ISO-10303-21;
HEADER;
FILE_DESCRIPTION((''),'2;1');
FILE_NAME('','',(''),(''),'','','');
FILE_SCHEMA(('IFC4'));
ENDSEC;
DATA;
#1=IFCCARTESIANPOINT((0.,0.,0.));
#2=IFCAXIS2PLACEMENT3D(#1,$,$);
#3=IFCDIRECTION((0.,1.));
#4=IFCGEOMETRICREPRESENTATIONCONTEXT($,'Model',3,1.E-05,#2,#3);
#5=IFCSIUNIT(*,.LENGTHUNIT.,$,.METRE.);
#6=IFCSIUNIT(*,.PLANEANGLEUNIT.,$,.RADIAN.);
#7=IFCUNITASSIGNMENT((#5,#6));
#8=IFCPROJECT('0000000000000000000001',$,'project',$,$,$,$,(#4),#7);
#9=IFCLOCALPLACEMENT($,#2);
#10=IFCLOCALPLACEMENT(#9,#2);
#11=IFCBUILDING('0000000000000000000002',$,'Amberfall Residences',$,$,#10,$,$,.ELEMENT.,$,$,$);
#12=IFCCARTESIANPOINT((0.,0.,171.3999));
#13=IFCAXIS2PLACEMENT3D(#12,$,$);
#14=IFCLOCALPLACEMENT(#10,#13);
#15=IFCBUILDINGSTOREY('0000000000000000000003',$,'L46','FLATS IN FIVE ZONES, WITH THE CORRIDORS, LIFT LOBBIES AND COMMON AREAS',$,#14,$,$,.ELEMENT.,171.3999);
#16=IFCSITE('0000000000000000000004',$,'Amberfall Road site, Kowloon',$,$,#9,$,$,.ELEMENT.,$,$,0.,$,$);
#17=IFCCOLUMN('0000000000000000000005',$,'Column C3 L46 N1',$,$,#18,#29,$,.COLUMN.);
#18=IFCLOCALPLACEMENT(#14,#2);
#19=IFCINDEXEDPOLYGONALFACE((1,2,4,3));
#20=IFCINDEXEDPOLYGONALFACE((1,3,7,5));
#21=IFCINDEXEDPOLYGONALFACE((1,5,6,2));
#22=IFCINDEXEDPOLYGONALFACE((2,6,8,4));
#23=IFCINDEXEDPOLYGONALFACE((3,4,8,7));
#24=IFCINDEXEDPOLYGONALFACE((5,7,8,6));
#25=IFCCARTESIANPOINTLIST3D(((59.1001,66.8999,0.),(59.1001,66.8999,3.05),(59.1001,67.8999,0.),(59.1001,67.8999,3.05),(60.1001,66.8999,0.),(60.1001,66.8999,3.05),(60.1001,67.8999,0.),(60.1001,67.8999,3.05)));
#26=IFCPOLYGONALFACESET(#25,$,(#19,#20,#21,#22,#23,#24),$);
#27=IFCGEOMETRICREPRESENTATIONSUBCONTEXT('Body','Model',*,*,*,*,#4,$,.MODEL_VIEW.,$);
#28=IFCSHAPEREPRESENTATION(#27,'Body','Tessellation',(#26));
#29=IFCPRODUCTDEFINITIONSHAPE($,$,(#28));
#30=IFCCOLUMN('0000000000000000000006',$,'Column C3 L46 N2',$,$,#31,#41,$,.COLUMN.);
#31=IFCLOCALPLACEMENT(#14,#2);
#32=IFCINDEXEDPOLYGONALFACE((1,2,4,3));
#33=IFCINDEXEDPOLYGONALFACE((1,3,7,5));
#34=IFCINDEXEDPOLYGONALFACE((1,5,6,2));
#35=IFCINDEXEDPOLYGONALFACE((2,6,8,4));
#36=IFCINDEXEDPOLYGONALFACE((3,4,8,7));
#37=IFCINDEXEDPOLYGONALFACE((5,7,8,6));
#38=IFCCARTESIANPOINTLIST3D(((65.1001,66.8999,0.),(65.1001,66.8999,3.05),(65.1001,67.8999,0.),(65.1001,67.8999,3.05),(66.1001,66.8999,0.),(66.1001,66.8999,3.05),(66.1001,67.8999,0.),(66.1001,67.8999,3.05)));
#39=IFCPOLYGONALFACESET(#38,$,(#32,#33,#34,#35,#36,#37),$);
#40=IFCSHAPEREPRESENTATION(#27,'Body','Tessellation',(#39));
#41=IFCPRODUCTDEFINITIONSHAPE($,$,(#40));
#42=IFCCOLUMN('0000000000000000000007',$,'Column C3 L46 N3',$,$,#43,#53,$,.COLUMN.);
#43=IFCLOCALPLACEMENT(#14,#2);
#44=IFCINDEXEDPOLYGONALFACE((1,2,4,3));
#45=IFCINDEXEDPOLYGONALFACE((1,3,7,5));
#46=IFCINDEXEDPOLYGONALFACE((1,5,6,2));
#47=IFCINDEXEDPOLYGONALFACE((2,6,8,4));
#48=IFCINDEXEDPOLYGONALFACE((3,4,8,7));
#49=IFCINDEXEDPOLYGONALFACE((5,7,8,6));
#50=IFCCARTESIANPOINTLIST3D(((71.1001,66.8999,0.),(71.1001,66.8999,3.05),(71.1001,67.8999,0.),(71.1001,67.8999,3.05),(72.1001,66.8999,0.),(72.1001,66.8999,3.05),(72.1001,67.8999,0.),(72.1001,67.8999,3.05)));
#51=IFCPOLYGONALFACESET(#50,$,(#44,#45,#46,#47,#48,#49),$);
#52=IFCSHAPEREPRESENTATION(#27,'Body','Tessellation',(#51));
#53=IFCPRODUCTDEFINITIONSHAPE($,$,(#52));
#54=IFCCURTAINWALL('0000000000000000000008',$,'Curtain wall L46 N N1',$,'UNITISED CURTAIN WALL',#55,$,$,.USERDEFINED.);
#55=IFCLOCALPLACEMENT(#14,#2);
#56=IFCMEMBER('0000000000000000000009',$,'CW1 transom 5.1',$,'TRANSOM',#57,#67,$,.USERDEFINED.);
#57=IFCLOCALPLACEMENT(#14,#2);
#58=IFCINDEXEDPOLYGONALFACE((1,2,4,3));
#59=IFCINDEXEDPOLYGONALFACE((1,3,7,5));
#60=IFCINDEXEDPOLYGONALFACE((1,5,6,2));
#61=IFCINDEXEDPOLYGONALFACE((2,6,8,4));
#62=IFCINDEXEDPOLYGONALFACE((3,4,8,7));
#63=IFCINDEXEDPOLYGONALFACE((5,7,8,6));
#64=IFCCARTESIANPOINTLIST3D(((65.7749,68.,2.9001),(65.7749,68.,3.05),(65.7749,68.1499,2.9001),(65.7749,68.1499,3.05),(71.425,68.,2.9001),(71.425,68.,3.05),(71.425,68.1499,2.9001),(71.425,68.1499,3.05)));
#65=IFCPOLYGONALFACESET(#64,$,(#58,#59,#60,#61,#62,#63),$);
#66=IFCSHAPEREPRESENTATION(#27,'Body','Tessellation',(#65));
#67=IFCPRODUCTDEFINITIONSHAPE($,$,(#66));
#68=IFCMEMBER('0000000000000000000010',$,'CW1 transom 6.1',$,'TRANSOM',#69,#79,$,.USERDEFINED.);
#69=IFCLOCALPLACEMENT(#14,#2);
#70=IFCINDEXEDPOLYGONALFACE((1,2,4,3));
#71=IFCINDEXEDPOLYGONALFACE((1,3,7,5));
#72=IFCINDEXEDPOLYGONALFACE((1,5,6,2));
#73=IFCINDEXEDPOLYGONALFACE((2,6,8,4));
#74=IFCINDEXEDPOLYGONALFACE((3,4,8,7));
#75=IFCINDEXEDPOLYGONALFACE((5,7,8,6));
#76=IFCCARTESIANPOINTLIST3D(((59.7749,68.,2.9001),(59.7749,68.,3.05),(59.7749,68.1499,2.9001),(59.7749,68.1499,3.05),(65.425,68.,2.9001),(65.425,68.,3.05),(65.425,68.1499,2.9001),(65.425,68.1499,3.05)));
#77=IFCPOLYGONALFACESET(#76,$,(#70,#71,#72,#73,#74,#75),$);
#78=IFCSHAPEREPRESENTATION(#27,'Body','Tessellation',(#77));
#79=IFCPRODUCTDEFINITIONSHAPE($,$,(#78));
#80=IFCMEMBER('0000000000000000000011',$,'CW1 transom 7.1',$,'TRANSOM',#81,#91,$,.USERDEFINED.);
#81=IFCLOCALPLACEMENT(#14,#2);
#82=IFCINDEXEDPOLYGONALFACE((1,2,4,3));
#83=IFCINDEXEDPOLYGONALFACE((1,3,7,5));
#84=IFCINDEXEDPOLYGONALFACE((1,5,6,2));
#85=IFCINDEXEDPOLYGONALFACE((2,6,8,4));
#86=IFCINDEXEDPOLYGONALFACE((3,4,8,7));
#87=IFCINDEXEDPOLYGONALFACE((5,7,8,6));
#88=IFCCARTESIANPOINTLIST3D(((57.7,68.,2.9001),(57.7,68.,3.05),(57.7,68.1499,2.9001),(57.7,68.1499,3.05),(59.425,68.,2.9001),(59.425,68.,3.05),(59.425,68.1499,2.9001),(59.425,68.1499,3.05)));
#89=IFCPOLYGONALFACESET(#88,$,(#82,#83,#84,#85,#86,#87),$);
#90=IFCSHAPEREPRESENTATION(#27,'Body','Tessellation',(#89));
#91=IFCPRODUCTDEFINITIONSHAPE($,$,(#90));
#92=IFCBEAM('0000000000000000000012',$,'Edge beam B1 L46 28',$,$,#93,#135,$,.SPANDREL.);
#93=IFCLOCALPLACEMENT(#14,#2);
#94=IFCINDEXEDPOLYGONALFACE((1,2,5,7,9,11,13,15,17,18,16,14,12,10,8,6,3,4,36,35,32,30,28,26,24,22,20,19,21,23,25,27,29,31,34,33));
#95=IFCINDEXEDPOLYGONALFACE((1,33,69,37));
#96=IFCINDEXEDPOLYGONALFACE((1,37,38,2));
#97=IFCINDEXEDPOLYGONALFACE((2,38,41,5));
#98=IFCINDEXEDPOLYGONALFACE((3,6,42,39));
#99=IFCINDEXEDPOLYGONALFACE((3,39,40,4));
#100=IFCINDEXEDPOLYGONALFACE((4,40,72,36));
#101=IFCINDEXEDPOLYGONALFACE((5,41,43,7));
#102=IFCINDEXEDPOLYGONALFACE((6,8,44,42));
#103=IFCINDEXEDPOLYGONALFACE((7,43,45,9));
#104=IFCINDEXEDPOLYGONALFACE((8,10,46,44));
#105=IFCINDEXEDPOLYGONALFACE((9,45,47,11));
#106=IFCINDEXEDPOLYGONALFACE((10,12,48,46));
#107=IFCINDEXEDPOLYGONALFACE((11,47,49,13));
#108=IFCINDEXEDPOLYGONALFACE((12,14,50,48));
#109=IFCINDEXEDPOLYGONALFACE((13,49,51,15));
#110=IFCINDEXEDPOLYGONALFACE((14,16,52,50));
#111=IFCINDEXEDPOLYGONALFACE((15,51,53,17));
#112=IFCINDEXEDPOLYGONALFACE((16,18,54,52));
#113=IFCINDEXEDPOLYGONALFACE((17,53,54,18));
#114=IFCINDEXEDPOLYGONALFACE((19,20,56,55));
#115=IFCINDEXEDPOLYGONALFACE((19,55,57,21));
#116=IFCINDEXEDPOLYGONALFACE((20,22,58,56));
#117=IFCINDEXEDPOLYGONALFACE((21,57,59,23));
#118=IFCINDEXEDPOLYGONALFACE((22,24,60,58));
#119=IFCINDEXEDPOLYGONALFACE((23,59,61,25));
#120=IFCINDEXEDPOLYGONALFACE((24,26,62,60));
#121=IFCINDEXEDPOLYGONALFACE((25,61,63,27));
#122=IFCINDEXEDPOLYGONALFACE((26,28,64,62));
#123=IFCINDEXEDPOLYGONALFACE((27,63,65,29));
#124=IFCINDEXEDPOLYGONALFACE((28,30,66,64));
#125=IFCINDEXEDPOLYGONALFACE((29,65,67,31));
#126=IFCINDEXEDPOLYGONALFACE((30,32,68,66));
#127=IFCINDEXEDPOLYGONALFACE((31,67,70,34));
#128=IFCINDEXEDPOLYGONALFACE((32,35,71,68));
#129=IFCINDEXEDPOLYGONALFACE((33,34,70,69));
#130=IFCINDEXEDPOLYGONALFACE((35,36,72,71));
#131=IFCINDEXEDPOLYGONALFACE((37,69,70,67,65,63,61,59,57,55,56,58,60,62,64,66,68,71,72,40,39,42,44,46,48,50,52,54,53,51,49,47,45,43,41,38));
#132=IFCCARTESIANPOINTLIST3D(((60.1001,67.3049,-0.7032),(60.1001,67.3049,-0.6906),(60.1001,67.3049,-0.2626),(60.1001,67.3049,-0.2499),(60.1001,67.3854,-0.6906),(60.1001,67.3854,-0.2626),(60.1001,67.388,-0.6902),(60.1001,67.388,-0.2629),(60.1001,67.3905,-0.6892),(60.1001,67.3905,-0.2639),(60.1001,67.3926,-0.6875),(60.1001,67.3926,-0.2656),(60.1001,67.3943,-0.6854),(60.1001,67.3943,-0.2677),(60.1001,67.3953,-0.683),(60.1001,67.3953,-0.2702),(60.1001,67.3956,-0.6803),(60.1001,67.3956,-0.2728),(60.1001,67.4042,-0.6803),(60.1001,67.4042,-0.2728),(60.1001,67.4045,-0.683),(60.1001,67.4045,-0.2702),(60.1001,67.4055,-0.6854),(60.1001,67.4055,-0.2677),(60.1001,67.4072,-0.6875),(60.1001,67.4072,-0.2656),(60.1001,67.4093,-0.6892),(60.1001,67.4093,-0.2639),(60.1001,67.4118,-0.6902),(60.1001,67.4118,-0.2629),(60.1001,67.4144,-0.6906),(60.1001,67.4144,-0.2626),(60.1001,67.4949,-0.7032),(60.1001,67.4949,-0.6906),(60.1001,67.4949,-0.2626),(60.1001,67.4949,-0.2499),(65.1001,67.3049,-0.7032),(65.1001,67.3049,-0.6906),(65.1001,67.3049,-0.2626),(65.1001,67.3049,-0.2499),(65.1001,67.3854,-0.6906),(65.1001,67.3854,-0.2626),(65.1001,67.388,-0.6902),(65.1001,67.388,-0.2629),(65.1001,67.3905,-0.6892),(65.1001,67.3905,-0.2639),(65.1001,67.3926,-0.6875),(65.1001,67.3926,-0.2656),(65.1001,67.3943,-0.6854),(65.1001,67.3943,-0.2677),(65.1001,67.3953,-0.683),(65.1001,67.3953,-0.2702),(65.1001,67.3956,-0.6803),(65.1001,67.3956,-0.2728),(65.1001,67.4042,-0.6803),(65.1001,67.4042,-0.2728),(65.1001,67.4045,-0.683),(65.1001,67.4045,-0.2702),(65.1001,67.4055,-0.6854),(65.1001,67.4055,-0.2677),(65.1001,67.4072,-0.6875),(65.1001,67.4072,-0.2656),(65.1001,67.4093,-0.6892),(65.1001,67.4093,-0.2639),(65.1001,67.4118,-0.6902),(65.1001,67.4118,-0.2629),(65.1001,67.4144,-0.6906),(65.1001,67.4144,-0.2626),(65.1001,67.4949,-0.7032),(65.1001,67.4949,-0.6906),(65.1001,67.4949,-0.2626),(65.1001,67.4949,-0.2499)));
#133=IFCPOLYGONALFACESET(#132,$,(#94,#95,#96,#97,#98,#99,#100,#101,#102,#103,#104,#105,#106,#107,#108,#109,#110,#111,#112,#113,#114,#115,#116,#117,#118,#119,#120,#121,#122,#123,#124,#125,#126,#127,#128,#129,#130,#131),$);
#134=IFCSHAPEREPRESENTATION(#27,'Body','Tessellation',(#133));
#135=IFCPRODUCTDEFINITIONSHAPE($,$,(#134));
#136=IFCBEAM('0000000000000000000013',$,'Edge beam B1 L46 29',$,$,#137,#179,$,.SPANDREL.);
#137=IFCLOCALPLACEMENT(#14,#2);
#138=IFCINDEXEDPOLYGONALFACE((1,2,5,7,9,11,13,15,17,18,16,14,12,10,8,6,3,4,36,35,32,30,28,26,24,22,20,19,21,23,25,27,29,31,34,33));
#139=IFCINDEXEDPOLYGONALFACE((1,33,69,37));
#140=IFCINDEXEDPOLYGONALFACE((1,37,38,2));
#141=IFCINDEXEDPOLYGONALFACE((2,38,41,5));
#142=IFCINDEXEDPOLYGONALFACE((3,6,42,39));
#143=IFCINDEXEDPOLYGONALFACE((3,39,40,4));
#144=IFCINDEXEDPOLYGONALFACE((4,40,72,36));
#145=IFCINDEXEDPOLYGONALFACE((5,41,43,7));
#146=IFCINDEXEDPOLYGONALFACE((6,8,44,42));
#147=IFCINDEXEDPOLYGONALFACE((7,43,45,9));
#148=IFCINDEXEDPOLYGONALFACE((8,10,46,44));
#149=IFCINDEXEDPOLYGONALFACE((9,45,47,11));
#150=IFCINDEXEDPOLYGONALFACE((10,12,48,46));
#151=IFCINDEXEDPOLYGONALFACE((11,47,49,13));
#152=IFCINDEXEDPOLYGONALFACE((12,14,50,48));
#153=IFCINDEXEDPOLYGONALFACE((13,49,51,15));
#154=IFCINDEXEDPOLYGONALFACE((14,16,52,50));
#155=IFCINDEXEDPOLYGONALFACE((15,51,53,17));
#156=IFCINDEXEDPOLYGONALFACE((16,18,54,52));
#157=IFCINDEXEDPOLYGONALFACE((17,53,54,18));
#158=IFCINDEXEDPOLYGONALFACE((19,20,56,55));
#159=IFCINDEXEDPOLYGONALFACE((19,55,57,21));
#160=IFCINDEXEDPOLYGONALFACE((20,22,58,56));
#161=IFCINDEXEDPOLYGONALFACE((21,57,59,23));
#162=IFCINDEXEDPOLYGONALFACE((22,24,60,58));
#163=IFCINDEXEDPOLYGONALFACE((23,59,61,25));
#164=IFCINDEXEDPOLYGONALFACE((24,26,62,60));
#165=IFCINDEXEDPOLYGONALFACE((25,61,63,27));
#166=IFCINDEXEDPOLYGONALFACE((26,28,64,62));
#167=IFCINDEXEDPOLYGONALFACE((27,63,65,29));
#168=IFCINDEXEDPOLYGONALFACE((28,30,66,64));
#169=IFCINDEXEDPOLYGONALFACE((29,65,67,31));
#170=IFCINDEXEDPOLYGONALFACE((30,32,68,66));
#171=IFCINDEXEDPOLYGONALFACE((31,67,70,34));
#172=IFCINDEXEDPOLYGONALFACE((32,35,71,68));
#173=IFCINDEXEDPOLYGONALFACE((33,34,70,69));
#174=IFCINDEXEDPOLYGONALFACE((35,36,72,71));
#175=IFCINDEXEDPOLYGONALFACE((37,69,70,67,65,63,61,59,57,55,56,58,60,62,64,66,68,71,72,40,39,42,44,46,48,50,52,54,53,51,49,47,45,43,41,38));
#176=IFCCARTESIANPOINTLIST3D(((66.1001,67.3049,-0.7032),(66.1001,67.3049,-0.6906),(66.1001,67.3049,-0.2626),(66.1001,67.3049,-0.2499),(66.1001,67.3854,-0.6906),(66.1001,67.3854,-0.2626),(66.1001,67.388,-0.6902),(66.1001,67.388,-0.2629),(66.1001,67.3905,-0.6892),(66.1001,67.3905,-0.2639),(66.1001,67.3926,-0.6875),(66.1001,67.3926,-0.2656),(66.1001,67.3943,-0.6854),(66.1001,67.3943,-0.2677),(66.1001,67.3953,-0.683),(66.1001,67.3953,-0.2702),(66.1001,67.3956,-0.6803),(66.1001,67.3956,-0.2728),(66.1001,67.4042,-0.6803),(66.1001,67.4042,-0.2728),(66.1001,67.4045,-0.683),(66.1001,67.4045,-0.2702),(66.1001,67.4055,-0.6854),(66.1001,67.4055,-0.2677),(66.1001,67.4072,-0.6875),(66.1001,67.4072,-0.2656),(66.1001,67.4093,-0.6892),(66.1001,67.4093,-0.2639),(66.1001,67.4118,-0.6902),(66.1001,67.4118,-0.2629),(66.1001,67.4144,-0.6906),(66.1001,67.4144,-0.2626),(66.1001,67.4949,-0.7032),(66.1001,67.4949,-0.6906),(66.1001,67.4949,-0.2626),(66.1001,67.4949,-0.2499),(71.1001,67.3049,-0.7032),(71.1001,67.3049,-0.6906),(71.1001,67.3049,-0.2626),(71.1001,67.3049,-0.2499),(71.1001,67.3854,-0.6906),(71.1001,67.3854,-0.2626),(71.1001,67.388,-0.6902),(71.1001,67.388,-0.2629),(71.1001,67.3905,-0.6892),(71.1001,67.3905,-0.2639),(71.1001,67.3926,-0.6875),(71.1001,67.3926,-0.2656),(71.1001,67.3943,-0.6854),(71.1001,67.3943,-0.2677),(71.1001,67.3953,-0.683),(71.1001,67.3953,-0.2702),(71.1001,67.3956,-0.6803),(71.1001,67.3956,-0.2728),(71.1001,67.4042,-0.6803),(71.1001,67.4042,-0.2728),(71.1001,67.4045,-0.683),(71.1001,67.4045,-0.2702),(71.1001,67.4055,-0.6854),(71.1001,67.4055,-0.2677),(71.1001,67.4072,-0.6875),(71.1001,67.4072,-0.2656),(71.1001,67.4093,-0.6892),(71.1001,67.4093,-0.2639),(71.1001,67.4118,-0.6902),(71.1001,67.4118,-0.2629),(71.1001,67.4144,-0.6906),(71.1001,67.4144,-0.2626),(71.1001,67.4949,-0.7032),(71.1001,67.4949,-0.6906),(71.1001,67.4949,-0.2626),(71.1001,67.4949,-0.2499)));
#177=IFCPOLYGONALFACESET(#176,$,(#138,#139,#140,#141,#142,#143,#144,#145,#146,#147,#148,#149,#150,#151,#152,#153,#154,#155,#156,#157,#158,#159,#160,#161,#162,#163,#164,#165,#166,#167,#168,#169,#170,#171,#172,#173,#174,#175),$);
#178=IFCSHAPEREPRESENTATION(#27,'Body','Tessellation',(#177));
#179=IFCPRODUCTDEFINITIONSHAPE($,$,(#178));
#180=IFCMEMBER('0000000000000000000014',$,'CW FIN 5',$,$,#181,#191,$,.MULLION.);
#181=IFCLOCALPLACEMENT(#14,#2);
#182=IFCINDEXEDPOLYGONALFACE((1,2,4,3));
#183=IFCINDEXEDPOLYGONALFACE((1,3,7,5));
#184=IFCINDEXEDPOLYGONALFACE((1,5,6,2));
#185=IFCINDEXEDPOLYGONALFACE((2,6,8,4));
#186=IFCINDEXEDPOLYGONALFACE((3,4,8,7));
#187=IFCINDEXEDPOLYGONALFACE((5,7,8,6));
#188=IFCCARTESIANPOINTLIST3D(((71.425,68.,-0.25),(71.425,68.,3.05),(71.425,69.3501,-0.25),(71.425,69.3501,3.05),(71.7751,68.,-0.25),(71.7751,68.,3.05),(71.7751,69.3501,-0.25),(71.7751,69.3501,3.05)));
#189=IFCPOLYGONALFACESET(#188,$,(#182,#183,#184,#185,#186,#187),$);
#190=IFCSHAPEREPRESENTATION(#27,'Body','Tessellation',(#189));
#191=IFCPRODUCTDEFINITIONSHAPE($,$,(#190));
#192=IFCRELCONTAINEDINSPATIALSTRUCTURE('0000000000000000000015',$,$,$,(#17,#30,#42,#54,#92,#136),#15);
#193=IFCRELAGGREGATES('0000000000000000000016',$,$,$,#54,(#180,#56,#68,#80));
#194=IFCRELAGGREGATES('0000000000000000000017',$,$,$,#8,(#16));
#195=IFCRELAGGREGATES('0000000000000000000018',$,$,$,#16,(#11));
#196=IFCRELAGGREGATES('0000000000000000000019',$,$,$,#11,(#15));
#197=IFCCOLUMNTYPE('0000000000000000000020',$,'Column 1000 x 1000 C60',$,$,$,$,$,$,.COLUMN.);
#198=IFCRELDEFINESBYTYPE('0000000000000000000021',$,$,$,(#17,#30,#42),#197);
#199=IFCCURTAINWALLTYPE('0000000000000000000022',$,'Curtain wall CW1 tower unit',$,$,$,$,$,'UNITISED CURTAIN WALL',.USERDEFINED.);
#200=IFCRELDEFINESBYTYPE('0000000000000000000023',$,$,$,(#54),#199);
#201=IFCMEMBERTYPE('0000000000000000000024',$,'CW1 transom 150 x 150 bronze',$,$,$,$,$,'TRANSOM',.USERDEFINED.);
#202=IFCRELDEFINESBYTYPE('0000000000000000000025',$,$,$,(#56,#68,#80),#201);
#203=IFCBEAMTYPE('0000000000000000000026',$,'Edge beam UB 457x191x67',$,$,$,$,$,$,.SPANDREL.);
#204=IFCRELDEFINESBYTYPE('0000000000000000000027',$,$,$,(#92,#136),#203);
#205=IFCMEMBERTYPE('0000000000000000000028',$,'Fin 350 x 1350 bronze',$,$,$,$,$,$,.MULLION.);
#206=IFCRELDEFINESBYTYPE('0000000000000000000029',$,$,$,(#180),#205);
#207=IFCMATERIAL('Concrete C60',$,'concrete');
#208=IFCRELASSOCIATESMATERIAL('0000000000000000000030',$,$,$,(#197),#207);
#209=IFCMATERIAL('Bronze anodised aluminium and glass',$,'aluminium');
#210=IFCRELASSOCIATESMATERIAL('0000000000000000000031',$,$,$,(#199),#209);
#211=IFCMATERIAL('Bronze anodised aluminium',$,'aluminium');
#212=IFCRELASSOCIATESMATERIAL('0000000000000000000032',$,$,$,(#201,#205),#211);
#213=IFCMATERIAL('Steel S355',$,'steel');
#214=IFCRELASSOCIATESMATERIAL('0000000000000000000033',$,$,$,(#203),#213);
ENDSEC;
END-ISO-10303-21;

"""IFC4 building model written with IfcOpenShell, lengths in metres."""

from ifc_helpers import new_model, si_unit, direction, frame, origin, origin_2d, place, context, subcontext, project, spatial, rectangle, i_section, extrude, material, material_profile, profile_set, type_object, element, aggregate, save


model = new_model("IFC4")

# Units and contexts
model_context = context("Model", 3, precision=1e-05, world=origin(), true_north=direction((0.0, 1.0)))
body_context = subcontext(model_context, "Body", "Model", "MODEL_VIEW")
ifc_project = project(units=[si_unit("LENGTHUNIT", "METRE"), si_unit("PLANEANGLEUNIT", "RADIAN")], contexts=[model_context])

# Site, building, storey
site_placement = place(None, origin())
site = spatial("IfcSite", under=ifc_project, at=site_placement, Name="Amberfall Road site, Kowloon", CompositionType="ELEMENT", RefElevation=0.0)
building_placement = place(site_placement, origin())
building = spatial("IfcBuilding", under=site, at=building_placement, Name="Amberfall Residences", CompositionType="ELEMENT")
storey_placement = place(building_placement, frame((0.0, 0.0, 171.3999)))
storey = spatial("IfcBuildingStorey", under=building, at=storey_placement, Name="L46", Description="FLATS IN FIVE ZONES, WITH THE CORRIDORS, LIFT LOBBIES AND COMMON AREAS", CompositionType="ELEMENT", Elevation=171.3999)

# Columns
ifc_material_1 = material(Name="Concrete C60", Category="concrete")
ifc_material_profile_1 = material_profile(ifc_material_1, rectangle(XDim=1.0, YDim=1.0, at=origin_2d()), Name="Column 1000 x 1000 C60")
ifc_profile_set_1 = profile_set([ifc_material_profile_1], Name="Concrete C60")
column_type = type_object("IfcColumnType", Name="Column 1000 x 1000 C60", PredefinedType="COLUMN", material=ifc_profile_set_1)
for number, where, z_axis, x_axis, name in (
    (1, (59.6001, 67.3999, 0.0), (0.0, 0.0, 1.0), (1.0, 0.0, 0.0), "Column C3 L46 N1"),
    (2, (65.6001, 67.3999, 0.0), (0.0, 0.0, 1.0), (1.0, 0.0, 0.0), "Column C3 L46 N2"),
    (3, (71.6001, 67.3999, 0.0), (0.0, 0.0, 1.0), (1.0, 0.0, 0.0), "Column C3 L46 N3"),
):
    element("IfcColumn", number, at=place(storey_placement, frame(where, z_axis=z_axis, x_axis=x_axis)), inside=storey, type_object=column_type, Name=name, PredefinedType="COLUMN", context=body_context, shape_type="SweptSolid", body=[
        extrude(rectangle(XDim=1.0, YDim=1.0, at=origin_2d()), origin(), (0.0, 0.0, 1.0), 3.05),
    ])

# Curtain wall, members
ifc_material_2 = material(Name="Bronze anodised aluminium and glass", Category="aluminium")
curtain_wall_type = type_object("IfcCurtainWallType", Name="Curtain wall CW1 tower unit", ElementType="UNITISED CURTAIN WALL", PredefinedType="USERDEFINED", material=ifc_material_2)
curtain_wall_placement = place(storey_placement, origin())
curtain_wall = element("IfcCurtainWall", 4, at=curtain_wall_placement, inside=storey, type_object=curtain_wall_type, Name="Curtain wall L46 N N1", ObjectType="UNITISED CURTAIN WALL", PredefinedType="USERDEFINED")
ifc_material_3 = material(Name="Bronze anodised aluminium", Category="aluminium")
ifc_material_profile_2 = material_profile(ifc_material_3, rectangle(XDim=0.1499, YDim=0.1499, at=origin_2d()), Name="CW1 transom 150 x 150 bronze")
ifc_profile_set_2 = profile_set([ifc_material_profile_2], Name="Bronze anodised aluminium")
member_type_1 = type_object("IfcMemberType", Name="CW1 transom 150 x 150 bronze", ElementType="TRANSOM", PredefinedType="USERDEFINED", material=ifc_profile_set_2)
member_1_placement = place(storey_placement, frame((71.425, 68.075, 2.9751), z_axis=(-1.0, 0.0, 0.0), x_axis=(0.0, -1.0, 0.0)))
member_1 = element("IfcMember", 5, at=member_1_placement, type_object=member_type_1, Name="CW1 transom 5.1", ObjectType="TRANSOM", PredefinedType="USERDEFINED", context=body_context, shape_type="SweptSolid", body=[
    extrude(rectangle(XDim=0.1499, YDim=0.1499, at=origin_2d()), origin(), (0.0, 0.0, 1.0), 5.6501),
])
member_2_placement = place(storey_placement, frame((65.425, 68.075, 2.9751), z_axis=(-1.0, 0.0, 0.0), x_axis=(0.0, -1.0, 0.0)))
member_2 = element("IfcMember", 6, at=member_2_placement, type_object=member_type_1, Name="CW1 transom 6.1", ObjectType="TRANSOM", PredefinedType="USERDEFINED", context=body_context, shape_type="SweptSolid", body=[
    extrude(rectangle(XDim=0.1499, YDim=0.1499, at=origin_2d()), origin(), (0.0, 0.0, 1.0), 5.6501),
])
member_3_placement = place(storey_placement, frame((59.425, 68.075, 2.9751), z_axis=(-1.0, 0.0, 0.0), x_axis=(0.0, -1.0, 0.0)))
member_3 = element("IfcMember", 7, at=member_3_placement, type_object=member_type_1, Name="CW1 transom 7.1", ObjectType="TRANSOM", PredefinedType="USERDEFINED", context=body_context, shape_type="SweptSolid", body=[
    extrude(rectangle(XDim=0.1499, YDim=0.1499, at=origin_2d()), origin(), (0.0, 0.0, 1.0), 1.7251),
])

# Beams
ifc_material_4 = material(Name="Steel S355", Category="steel")
ifc_material_profile_3 = material_profile(ifc_material_4, i_section(OverallWidth=0.1899, OverallDepth=0.4534, WebThickness=0.0085, FlangeThickness=0.0127, FilletRadius=0.0103, at=origin_2d()), Name="UB 457x191x67")
ifc_profile_set_3 = profile_set([ifc_material_profile_3], Name="Steel S355")
beam_type_1 = type_object("IfcBeamType", Name="Edge beam UB 457x191x67", PredefinedType="SPANDREL", material=ifc_profile_set_3)
for number, where, z_axis, x_axis, name in (
    (8, (60.1001, 67.3999, -0.4766), (1.0, 0.0, 0.0), (0.0, 1.0, 0.0), "Edge beam B1 L46 28"),
    (9, (66.1001, 67.3999, -0.4766), (1.0, 0.0, 0.0), (0.0, 1.0, 0.0), "Edge beam B1 L46 29"),
):
    element("IfcBeam", number, at=place(storey_placement, frame(where, z_axis=z_axis, x_axis=x_axis)), inside=storey, type_object=beam_type_1, Name=name, PredefinedType="SPANDREL", context=body_context, shape_type="SweptSolid", body=[
        extrude(i_section(OverallWidth=0.1899, OverallDepth=0.4534, WebThickness=0.0085, FlangeThickness=0.0127, FilletRadius=0.0103, at=origin_2d()), origin(), (0.0, 0.0, 1.0), 5.0),
    ])

# Member
ifc_material_profile_4 = material_profile(ifc_material_3, rectangle(XDim=1.3501, YDim=0.3501, at=origin_2d()), Name="Fin 350 x 1350 bronze")
ifc_profile_set_4 = profile_set([ifc_material_profile_4], Name="Bronze anodised aluminium")
member_type_2 = type_object("IfcMemberType", Name="Fin 350 x 1350 bronze", PredefinedType="MULLION", material=ifc_profile_set_4)
member_4_placement = place(storey_placement, frame((71.6001, 68.675, -0.25), z_axis=(0.0, 0.0, 1.0), x_axis=(0.0, -1.0, 0.0)))
member_4 = element("IfcMember", 10, at=member_4_placement, type_object=member_type_2, Name="CW FIN 5", PredefinedType="MULLION", context=body_context, shape_type="SweptSolid", body=[
    extrude(rectangle(XDim=1.3501, YDim=0.3501, at=origin_2d()), origin(), (0.0, 0.0, 1.0), 3.3),
])

aggregate(curtain_wall, [member_4, member_1, member_2, member_3])

save(model, "model.ifc")
